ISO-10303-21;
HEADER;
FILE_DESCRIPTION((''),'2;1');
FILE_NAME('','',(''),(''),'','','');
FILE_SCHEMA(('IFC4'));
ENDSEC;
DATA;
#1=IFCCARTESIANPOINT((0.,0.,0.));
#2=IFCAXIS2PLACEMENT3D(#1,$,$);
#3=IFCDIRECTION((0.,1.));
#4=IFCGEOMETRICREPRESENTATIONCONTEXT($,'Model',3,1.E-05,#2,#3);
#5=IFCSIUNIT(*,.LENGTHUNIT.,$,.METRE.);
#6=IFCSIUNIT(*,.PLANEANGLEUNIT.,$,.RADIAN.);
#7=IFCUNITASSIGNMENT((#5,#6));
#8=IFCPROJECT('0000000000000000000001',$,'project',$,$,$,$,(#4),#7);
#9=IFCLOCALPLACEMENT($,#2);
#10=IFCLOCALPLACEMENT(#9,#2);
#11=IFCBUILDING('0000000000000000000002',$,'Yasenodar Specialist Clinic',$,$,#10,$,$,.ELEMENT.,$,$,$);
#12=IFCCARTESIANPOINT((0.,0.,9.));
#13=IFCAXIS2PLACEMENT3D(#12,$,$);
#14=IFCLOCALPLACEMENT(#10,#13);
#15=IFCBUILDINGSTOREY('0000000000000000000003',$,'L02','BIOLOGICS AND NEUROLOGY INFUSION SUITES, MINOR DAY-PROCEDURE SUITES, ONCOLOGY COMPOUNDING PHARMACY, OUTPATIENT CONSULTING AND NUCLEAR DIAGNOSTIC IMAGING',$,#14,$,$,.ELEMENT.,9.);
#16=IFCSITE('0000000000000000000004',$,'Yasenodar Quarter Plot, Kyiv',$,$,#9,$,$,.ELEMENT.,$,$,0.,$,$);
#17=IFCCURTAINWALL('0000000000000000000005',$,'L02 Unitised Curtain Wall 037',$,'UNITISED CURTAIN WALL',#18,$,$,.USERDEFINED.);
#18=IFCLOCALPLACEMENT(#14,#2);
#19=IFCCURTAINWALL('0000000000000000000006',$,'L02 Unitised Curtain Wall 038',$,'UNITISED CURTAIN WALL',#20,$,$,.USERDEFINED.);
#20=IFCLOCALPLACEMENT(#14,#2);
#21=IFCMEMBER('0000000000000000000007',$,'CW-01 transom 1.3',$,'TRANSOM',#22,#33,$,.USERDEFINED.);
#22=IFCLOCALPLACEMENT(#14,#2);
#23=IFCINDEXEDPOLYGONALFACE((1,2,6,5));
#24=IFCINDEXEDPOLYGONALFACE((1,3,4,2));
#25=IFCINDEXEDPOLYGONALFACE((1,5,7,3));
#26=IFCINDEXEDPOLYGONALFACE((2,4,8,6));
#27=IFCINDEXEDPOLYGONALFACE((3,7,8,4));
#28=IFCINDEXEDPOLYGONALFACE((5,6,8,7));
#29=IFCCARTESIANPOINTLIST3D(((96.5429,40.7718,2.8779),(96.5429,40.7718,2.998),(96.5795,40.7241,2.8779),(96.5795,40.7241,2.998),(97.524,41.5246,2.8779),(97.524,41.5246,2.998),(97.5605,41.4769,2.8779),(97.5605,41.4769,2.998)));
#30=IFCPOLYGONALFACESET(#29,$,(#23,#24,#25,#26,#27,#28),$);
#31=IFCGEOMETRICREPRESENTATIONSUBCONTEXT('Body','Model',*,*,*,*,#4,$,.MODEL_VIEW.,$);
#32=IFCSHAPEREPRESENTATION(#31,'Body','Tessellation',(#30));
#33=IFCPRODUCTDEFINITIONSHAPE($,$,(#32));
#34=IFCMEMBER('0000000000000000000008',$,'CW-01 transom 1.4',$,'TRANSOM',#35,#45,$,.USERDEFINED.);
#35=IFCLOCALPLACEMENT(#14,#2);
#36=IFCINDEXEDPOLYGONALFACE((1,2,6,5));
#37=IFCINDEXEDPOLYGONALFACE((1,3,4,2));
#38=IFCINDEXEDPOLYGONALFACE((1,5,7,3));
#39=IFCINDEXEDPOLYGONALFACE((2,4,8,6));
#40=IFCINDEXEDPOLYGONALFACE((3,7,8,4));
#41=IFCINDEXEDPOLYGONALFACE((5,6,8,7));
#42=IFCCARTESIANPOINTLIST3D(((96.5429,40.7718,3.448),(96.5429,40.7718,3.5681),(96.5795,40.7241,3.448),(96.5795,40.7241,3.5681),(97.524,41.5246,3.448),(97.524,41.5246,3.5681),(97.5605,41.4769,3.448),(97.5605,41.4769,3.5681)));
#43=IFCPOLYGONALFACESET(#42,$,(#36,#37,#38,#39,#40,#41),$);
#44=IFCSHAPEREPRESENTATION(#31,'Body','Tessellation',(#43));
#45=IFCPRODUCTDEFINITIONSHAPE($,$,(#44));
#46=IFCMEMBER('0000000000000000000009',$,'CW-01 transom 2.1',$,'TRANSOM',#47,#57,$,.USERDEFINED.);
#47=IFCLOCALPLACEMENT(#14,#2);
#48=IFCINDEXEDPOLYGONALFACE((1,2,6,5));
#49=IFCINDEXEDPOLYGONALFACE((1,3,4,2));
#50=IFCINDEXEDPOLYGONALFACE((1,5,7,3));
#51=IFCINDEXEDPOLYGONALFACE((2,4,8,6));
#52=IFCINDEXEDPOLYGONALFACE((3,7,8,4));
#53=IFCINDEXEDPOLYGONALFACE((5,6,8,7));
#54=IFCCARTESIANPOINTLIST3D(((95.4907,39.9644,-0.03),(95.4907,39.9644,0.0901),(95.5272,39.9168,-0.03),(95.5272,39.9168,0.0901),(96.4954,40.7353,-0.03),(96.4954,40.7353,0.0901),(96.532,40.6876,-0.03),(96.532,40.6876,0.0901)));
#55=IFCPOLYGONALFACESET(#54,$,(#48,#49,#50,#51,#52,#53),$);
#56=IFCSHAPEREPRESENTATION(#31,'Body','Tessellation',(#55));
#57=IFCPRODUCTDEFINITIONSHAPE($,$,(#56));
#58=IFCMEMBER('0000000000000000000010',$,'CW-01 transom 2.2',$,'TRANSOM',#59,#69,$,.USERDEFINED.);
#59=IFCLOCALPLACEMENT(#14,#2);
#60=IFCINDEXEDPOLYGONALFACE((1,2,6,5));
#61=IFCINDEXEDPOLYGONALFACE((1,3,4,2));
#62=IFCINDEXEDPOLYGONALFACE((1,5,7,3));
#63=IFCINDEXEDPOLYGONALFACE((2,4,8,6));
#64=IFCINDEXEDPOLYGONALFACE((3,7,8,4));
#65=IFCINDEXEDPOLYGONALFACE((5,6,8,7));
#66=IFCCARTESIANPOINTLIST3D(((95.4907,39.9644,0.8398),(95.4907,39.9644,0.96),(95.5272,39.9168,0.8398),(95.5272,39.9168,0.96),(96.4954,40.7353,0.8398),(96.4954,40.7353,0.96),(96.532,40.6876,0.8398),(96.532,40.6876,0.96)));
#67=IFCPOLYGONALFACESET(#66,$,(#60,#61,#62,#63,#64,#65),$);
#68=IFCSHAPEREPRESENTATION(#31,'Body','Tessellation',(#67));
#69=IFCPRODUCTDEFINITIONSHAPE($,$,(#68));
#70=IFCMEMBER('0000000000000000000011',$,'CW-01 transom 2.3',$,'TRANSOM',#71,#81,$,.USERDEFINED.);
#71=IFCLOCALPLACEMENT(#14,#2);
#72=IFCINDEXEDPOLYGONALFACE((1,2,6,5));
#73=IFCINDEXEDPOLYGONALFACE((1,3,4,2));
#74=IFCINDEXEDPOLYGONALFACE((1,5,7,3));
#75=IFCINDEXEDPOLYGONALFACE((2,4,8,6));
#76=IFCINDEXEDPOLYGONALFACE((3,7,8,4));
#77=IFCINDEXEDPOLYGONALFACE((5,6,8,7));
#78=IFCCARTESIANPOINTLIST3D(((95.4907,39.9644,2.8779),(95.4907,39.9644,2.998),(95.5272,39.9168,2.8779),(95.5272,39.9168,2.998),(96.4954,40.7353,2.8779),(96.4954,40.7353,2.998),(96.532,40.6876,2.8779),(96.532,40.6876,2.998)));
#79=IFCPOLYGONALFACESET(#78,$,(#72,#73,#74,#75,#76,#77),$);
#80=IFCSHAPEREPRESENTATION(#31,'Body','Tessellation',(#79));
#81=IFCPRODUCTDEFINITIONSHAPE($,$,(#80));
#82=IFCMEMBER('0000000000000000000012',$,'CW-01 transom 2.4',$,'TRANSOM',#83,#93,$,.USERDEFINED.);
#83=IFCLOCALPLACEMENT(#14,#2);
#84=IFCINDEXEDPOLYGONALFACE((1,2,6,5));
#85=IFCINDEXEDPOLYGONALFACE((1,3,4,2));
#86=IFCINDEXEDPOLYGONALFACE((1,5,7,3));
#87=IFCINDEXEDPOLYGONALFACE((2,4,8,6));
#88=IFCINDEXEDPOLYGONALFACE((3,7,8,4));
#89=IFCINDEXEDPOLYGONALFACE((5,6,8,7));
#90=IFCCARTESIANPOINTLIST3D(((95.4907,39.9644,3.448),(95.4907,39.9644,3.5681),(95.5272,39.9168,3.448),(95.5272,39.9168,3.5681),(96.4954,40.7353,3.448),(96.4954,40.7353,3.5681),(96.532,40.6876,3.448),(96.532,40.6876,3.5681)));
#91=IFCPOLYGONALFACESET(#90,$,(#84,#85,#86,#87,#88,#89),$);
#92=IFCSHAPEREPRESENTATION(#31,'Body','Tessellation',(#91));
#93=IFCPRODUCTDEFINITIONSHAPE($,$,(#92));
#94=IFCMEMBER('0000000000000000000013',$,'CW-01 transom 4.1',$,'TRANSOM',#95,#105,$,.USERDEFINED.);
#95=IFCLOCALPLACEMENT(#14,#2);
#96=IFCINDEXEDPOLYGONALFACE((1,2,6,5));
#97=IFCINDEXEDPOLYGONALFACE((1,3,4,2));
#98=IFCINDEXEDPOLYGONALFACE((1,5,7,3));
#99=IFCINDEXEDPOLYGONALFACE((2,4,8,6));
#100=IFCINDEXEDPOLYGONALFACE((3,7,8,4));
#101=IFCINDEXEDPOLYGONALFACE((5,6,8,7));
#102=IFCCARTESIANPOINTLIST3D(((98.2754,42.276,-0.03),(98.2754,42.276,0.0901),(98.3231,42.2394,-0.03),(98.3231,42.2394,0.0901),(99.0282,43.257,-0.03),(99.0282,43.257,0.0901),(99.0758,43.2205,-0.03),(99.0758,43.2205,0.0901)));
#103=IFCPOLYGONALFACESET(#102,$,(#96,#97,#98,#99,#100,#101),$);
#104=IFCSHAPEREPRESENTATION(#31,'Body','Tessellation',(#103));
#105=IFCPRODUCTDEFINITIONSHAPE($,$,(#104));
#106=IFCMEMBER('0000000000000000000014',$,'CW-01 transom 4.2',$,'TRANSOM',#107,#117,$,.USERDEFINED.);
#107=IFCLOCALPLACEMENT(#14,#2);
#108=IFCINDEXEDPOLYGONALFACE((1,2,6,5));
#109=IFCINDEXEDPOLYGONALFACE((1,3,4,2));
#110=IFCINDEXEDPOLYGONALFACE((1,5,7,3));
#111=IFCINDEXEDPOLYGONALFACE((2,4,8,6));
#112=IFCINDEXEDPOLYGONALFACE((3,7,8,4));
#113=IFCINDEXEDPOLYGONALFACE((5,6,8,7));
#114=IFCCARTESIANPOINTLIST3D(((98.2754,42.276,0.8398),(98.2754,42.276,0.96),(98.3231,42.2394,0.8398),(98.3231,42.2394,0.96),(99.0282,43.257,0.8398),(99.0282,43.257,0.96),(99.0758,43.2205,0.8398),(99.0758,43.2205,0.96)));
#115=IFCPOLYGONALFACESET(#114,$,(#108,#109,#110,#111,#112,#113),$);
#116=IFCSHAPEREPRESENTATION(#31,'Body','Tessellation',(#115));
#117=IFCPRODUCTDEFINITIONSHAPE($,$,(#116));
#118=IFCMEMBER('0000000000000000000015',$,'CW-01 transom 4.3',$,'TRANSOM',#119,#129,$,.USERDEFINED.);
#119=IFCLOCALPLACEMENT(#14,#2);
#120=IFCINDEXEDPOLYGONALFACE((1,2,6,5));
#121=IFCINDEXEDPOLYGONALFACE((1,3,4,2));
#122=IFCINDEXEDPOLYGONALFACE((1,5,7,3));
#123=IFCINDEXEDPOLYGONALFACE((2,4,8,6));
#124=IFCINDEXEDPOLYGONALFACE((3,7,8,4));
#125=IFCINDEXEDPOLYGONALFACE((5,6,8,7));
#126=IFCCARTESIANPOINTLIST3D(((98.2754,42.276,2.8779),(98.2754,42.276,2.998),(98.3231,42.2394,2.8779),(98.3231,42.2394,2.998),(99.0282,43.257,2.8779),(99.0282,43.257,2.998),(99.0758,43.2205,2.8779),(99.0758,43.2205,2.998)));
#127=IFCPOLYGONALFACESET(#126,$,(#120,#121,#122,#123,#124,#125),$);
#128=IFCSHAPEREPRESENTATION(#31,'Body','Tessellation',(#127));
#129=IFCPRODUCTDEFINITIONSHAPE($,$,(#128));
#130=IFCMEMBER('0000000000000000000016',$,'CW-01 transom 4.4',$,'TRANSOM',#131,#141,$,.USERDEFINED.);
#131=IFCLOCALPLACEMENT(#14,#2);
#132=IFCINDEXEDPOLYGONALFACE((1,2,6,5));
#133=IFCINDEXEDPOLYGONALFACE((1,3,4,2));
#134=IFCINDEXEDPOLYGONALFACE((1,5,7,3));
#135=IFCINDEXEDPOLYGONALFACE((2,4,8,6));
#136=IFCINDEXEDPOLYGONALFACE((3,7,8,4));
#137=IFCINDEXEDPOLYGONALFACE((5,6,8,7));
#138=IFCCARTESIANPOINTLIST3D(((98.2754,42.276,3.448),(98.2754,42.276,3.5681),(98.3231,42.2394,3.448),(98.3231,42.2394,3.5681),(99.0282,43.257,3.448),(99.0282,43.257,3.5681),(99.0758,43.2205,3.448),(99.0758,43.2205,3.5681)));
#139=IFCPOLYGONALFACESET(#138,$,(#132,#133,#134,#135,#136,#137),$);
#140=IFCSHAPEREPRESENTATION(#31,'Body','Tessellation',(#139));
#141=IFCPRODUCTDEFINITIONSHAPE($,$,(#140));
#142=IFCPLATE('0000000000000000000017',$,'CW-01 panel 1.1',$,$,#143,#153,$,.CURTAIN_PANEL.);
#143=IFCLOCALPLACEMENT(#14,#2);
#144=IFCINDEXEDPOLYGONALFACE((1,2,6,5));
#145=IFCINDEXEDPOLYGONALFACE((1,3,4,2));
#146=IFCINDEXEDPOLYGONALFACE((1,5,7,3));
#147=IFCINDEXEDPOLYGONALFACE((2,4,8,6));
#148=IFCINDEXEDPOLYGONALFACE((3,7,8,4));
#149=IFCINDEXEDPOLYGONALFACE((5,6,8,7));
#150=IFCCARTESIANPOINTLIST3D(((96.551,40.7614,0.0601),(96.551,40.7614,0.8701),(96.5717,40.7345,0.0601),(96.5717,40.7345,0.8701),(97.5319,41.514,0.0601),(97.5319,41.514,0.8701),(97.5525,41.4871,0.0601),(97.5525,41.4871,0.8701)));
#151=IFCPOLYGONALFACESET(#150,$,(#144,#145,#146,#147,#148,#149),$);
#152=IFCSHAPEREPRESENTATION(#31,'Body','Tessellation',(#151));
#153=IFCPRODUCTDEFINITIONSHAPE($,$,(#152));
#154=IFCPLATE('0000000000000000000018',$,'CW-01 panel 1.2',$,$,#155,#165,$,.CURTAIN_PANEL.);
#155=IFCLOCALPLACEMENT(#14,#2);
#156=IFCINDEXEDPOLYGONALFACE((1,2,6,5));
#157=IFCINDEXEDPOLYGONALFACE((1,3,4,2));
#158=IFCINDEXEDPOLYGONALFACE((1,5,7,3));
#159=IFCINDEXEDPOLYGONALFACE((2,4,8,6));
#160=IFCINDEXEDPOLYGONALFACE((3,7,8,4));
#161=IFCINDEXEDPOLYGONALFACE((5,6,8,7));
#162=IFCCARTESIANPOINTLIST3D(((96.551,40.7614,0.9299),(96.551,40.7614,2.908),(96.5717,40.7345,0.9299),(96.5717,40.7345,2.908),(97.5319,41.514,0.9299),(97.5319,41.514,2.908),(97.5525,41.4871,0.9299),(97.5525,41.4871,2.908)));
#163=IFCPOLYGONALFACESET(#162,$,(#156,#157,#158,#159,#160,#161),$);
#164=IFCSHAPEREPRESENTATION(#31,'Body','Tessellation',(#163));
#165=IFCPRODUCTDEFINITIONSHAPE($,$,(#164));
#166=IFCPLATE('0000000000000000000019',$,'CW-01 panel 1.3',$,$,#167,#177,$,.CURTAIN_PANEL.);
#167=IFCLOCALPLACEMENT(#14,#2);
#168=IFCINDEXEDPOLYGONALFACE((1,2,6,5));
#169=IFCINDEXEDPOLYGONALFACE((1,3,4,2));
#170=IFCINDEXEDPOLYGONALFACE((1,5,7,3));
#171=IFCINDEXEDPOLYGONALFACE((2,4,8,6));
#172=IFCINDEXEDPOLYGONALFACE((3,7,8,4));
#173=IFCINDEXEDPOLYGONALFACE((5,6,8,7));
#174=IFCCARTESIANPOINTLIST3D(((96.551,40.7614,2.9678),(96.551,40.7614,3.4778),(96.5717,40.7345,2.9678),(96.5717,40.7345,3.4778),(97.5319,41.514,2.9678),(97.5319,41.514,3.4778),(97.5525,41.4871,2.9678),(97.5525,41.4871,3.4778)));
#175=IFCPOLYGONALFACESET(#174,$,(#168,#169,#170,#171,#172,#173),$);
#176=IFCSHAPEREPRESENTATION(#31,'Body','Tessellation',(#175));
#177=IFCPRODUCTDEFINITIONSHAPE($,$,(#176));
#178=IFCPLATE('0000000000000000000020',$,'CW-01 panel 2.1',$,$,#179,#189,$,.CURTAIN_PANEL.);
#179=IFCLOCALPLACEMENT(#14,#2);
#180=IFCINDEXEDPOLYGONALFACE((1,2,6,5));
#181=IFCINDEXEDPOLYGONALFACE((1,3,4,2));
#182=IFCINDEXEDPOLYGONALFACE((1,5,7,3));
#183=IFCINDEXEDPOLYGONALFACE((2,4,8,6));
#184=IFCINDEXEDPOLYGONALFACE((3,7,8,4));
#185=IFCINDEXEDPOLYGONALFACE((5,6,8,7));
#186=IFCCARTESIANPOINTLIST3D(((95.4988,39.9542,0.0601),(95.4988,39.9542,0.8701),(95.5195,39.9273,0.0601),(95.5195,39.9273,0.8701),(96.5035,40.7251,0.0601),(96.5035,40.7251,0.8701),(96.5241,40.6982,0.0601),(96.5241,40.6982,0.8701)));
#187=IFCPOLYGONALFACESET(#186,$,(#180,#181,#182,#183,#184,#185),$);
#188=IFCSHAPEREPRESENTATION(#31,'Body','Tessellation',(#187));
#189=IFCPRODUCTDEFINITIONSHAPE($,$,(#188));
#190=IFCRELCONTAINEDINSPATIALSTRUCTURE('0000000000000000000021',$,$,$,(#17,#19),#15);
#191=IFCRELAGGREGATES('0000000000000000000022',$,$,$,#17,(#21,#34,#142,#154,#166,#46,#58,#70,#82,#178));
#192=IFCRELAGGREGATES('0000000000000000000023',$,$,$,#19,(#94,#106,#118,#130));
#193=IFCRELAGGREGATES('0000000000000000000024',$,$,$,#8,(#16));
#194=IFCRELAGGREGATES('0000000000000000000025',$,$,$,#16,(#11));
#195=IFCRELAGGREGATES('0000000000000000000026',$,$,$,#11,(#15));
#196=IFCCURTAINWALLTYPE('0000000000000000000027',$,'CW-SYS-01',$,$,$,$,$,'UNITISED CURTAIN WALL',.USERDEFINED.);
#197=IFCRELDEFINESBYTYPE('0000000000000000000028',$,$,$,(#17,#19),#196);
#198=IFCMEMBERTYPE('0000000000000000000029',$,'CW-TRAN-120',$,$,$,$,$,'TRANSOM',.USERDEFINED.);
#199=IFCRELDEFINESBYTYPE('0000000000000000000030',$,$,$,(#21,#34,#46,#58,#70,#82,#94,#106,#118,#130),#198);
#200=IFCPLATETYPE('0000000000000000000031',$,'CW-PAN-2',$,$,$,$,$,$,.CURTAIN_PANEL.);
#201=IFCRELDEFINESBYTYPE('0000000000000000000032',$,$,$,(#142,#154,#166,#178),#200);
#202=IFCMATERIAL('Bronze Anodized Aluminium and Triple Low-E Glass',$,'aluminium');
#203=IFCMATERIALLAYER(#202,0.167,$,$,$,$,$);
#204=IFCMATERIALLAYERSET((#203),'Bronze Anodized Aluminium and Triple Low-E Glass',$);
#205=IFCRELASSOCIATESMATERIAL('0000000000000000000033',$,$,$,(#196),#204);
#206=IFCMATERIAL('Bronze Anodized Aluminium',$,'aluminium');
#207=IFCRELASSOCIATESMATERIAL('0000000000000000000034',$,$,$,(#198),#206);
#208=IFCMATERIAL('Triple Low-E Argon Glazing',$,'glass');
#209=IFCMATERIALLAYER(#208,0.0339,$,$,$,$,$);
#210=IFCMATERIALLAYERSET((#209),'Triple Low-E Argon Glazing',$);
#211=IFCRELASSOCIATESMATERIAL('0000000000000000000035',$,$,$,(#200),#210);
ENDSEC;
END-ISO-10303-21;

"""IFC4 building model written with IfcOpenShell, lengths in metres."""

from ifc_helpers import new_model, si_unit, direction, frame, origin, origin_2d, place, context, subcontext, project, spatial, rectangle, extrude, material, layer, layer_set, material_profile, profile_set, type_object, element, aggregate, save


model = new_model("IFC4")

# Units and contexts
model_context = context("Model", 3, precision=1e-05, world=origin(), true_north=direction((0.0, 1.0)))
body_context = subcontext(model_context, "Body", "Model", "MODEL_VIEW")
ifc_project = project(units=[si_unit("LENGTHUNIT", "METRE"), si_unit("PLANEANGLEUNIT", "RADIAN")], contexts=[model_context])

# Site, building, storey
site_placement = place(None, origin())
site = spatial("IfcSite", under=ifc_project, at=site_placement, Name="Yasenodar Quarter Plot, Kyiv", CompositionType="ELEMENT", RefElevation=0.0)
building_placement = place(site_placement, origin())
building = spatial("IfcBuilding", under=site, at=building_placement, Name="Yasenodar Specialist Clinic", CompositionType="ELEMENT")
storey_placement = place(building_placement, frame((0.0, 0.0, 9.0)))
storey = spatial("IfcBuildingStorey", under=building, at=storey_placement, Name="L02", Description="BIOLOGICS AND NEUROLOGY INFUSION SUITES, MINOR DAY-PROCEDURE SUITES, ONCOLOGY COMPOUNDING PHARMACY, OUTPATIENT CONSULTING AND NUCLEAR DIAGNOSTIC IMAGING", CompositionType="ELEMENT", Elevation=9.0)

# Curtain walls
ifc_material_1 = material(Name="Bronze Anodized Aluminium and Triple Low-E Glass", Category="aluminium")
ifc_layer_1 = layer(ifc_material_1, 0.167)
ifc_layer_set_1 = layer_set([ifc_layer_1], Name="Bronze Anodized Aluminium and Triple Low-E Glass")
curtain_wall_type = type_object("IfcCurtainWallType", Name="CW-SYS-01", ElementType="UNITISED CURTAIN WALL", PredefinedType="USERDEFINED", material=ifc_layer_set_1)
curtain_wall_1_placement = place(storey_placement, origin())
curtain_wall_1 = element("IfcCurtainWall", 1, at=curtain_wall_1_placement, inside=storey, type_object=curtain_wall_type, Name="L02 Unitised Curtain Wall 037", ObjectType="UNITISED CURTAIN WALL", PredefinedType="USERDEFINED")
ifc_material_2 = material(Name="Bronze Anodized Aluminium", Category="aluminium")
curtain_wall_2_placement = place(storey_placement, origin())
curtain_wall_2 = element("IfcCurtainWall", 2, at=curtain_wall_2_placement, inside=storey, type_object=curtain_wall_type, Name="L02 Unitised Curtain Wall 038", ObjectType="UNITISED CURTAIN WALL", PredefinedType="USERDEFINED")

# Members
ifc_material_profile_1 = material_profile(ifc_material_2, rectangle(XDim=0.0601, YDim=0.1201, at=origin_2d()), Name="CW-TRAN 60x120")
ifc_profile_set_1 = profile_set([ifc_material_profile_1], Name="Bronze Anodized Aluminium")
member_type_1 = type_object("IfcMemberType", Name="CW-TRAN-120", ElementType="TRANSOM", PredefinedType="USERDEFINED", material=ifc_profile_set_1)
member_1_placement = place(storey_placement, frame((97.5422, 41.5007, 2.938), z_axis=(-0.793365, -0.608747, 0.0), x_axis=(0.608747, -0.793365, 0.0)))
member_1 = element("IfcMember", 3, at=member_1_placement, type_object=member_type_1, Name="CW-01 transom 1.3", ObjectType="TRANSOM", PredefinedType="USERDEFINED", context=body_context, shape_type="SweptSolid", body=[
    extrude(rectangle(XDim=0.0601, YDim=0.1201, at=origin_2d()), origin(), (0.0, 0.0, 1.0), 1.2366),
])
member_2_placement = place(storey_placement, frame((97.5422, 41.5007, 3.5081), z_axis=(-0.793365, -0.608747, 0.0), x_axis=(0.608747, -0.793365, 0.0)))
member_2 = element("IfcMember", 4, at=member_2_placement, type_object=member_type_1, Name="CW-01 transom 1.4", ObjectType="TRANSOM", PredefinedType="USERDEFINED", context=body_context, shape_type="SweptSolid", body=[
    extrude(rectangle(XDim=0.0601, YDim=0.1201, at=origin_2d()), origin(), (0.0, 0.0, 1.0), 1.2366),
])
member_3_placement = place(storey_placement, frame((96.5137, 40.7114, 0.03), z_axis=(-0.793405, -0.608695, 0.0), x_axis=(0.608695, -0.793405, 0.0)))
member_3 = element("IfcMember", 5, at=member_3_placement, type_object=member_type_1, Name="CW-01 transom 2.1", ObjectType="TRANSOM", PredefinedType="USERDEFINED", context=body_context, shape_type="SweptSolid", body=[
    extrude(rectangle(XDim=0.0601, YDim=0.1201, at=origin_2d()), origin(), (0.0, 0.0, 1.0), 1.2664),
])
member_4_placement = place(storey_placement, frame((96.5137, 40.7114, 0.8999), z_axis=(-0.793405, -0.608695, 0.0), x_axis=(0.608695, -0.793405, 0.0)))
member_4 = element("IfcMember", 6, at=member_4_placement, type_object=member_type_1, Name="CW-01 transom 2.2", ObjectType="TRANSOM", PredefinedType="USERDEFINED", context=body_context, shape_type="SweptSolid", body=[
    extrude(rectangle(XDim=0.0601, YDim=0.1201, at=origin_2d()), origin(), (0.0, 0.0, 1.0), 1.2664),
])
member_5_placement = place(storey_placement, frame((96.5137, 40.7114, 2.938), z_axis=(-0.793405, -0.608695, 0.0), x_axis=(0.608695, -0.793405, 0.0)))
member_5 = element("IfcMember", 7, at=member_5_placement, type_object=member_type_1, Name="CW-01 transom 2.3", ObjectType="TRANSOM", PredefinedType="USERDEFINED", context=body_context, shape_type="SweptSolid", body=[
    extrude(rectangle(XDim=0.0601, YDim=0.1201, at=origin_2d()), origin(), (0.0, 0.0, 1.0), 1.2664),
])
member_6_placement = place(storey_placement, frame((96.5137, 40.7114, 3.5081), z_axis=(-0.793405, -0.608695, 0.0), x_axis=(0.608695, -0.793405, 0.0)))
member_6 = element("IfcMember", 8, at=member_6_placement, type_object=member_type_1, Name="CW-01 transom 2.4", ObjectType="TRANSOM", PredefinedType="USERDEFINED", context=body_context, shape_type="SweptSolid", body=[
    extrude(rectangle(XDim=0.0601, YDim=0.1201, at=origin_2d()), origin(), (0.0, 0.0, 1.0), 1.2664),
])
member_7_placement = place(storey_placement, frame((99.052, 43.2388, 0.03), z_axis=(-0.608747, -0.793365, 0.0), x_axis=(0.793365, -0.608747, 0.0)))
member_7 = element("IfcMember", 9, at=member_7_placement, type_object=member_type_1, Name="CW-01 transom 4.1", ObjectType="TRANSOM", PredefinedType="USERDEFINED", context=body_context, shape_type="SweptSolid", body=[
    extrude(rectangle(XDim=0.0601, YDim=0.1201, at=origin_2d()), origin(), (0.0, 0.0, 1.0), 1.2366),
])
member_8_placement = place(storey_placement, frame((99.052, 43.2388, 0.8999), z_axis=(-0.608747, -0.793365, 0.0), x_axis=(0.793365, -0.608747, 0.0)))
member_8 = element("IfcMember", 10, at=member_8_placement, type_object=member_type_1, Name="CW-01 transom 4.2", ObjectType="TRANSOM", PredefinedType="USERDEFINED", context=body_context, shape_type="SweptSolid", body=[
    extrude(rectangle(XDim=0.0601, YDim=0.1201, at=origin_2d()), origin(), (0.0, 0.0, 1.0), 1.2366),
])
member_9_placement = place(storey_placement, frame((99.052, 43.2388, 2.938), z_axis=(-0.608747, -0.793365, 0.0), x_axis=(0.793365, -0.608747, 0.0)))
member_9 = element("IfcMember", 11, at=member_9_placement, type_object=member_type_1, Name="CW-01 transom 4.3", ObjectType="TRANSOM", PredefinedType="USERDEFINED", context=body_context, shape_type="SweptSolid", body=[
    extrude(rectangle(XDim=0.0601, YDim=0.1201, at=origin_2d()), origin(), (0.0, 0.0, 1.0), 1.2366),
])
member_10_placement = place(storey_placement, frame((99.052, 43.2388, 3.5081), z_axis=(-0.608747, -0.793365, 0.0), x_axis=(0.793365, -0.608747, 0.0)))
member_10 = element("IfcMember", 12, at=member_10_placement, type_object=member_type_1, Name="CW-01 transom 4.4", ObjectType="TRANSOM", PredefinedType="USERDEFINED", context=body_context, shape_type="SweptSolid", body=[
    extrude(rectangle(XDim=0.0601, YDim=0.1201, at=origin_2d()), origin(), (0.0, 0.0, 1.0), 1.2366),
])

# Plates
ifc_material_3 = material(Name="Triple Low-E Argon Glazing", Category="glass")
ifc_layer_2 = layer(ifc_material_3, 0.0339)
ifc_layer_set_2 = layer_set([ifc_layer_2], Name="Triple Low-E Argon Glazing")
plate_type_1 = type_object("IfcPlateType", Name="CW-PAN-2", PredefinedType="CURTAIN_PANEL", material=ifc_layer_set_2)
plate_1_placement = place(storey_placement, frame((97.0518, 41.1243, 0.0601), z_axis=(0.0, 0.0, 1.0), x_axis=(-0.793361, -0.608752, 0.0)))
plate_1 = element("IfcPlate", 13, at=plate_1_placement, type_object=plate_type_1, Name="CW-01 panel 1.1", PredefinedType="CURTAIN_PANEL", context=body_context, shape_type="SweptSolid", body=[
    extrude(rectangle(XDim=1.2363, YDim=0.0339, at=origin_2d()), origin(), (0.0, 0.0, 1.0), 0.8101),
])
plate_2_placement = place(storey_placement, frame((97.0518, 41.1243, 0.9299), z_axis=(0.0, 0.0, 1.0), x_axis=(-0.793361, -0.608752, 0.0)))
plate_2 = element("IfcPlate", 14, at=plate_2_placement, type_object=plate_type_1, Name="CW-01 panel 1.2", PredefinedType="CURTAIN_PANEL", context=body_context, shape_type="SweptSolid", body=[
    extrude(rectangle(XDim=1.2363, YDim=0.0339, at=origin_2d()), origin(), (0.0, 0.0, 1.0), 1.978),
])
plate_3_placement = place(storey_placement, frame((97.0518, 41.1243, 2.9678), z_axis=(0.0, 0.0, 1.0), x_axis=(-0.793361, -0.608752, 0.0)))
plate_3 = element("IfcPlate", 15, at=plate_3_placement, type_object=plate_type_1, Name="CW-01 panel 1.3", PredefinedType="CURTAIN_PANEL", context=body_context, shape_type="SweptSolid", body=[
    extrude(rectangle(XDim=1.2363, YDim=0.0339, at=origin_2d()), origin(), (0.0, 0.0, 1.0), 0.51),
])
plate_4_placement = place(storey_placement, frame((96.0115, 40.3262, 0.0601), z_axis=(0.0, 0.0, 1.0), x_axis=(-0.793361, -0.608752, 0.0)))
plate_4 = element("IfcPlate", 16, at=plate_4_placement, type_object=plate_type_1, Name="CW-01 panel 2.1", PredefinedType="CURTAIN_PANEL", context=body_context, shape_type="SweptSolid", body=[
    extrude(rectangle(XDim=1.2664, YDim=0.0339, at=origin_2d()), origin(), (0.0, 0.0, 1.0), 0.8101),
])
aggregate(curtain_wall_1, [member_1, member_2, plate_1, plate_2, plate_3, member_3, member_4, member_5, member_6, plate_4])
aggregate(curtain_wall_2, [member_7, member_8, member_9, member_10])

save(model, "model.ifc")
